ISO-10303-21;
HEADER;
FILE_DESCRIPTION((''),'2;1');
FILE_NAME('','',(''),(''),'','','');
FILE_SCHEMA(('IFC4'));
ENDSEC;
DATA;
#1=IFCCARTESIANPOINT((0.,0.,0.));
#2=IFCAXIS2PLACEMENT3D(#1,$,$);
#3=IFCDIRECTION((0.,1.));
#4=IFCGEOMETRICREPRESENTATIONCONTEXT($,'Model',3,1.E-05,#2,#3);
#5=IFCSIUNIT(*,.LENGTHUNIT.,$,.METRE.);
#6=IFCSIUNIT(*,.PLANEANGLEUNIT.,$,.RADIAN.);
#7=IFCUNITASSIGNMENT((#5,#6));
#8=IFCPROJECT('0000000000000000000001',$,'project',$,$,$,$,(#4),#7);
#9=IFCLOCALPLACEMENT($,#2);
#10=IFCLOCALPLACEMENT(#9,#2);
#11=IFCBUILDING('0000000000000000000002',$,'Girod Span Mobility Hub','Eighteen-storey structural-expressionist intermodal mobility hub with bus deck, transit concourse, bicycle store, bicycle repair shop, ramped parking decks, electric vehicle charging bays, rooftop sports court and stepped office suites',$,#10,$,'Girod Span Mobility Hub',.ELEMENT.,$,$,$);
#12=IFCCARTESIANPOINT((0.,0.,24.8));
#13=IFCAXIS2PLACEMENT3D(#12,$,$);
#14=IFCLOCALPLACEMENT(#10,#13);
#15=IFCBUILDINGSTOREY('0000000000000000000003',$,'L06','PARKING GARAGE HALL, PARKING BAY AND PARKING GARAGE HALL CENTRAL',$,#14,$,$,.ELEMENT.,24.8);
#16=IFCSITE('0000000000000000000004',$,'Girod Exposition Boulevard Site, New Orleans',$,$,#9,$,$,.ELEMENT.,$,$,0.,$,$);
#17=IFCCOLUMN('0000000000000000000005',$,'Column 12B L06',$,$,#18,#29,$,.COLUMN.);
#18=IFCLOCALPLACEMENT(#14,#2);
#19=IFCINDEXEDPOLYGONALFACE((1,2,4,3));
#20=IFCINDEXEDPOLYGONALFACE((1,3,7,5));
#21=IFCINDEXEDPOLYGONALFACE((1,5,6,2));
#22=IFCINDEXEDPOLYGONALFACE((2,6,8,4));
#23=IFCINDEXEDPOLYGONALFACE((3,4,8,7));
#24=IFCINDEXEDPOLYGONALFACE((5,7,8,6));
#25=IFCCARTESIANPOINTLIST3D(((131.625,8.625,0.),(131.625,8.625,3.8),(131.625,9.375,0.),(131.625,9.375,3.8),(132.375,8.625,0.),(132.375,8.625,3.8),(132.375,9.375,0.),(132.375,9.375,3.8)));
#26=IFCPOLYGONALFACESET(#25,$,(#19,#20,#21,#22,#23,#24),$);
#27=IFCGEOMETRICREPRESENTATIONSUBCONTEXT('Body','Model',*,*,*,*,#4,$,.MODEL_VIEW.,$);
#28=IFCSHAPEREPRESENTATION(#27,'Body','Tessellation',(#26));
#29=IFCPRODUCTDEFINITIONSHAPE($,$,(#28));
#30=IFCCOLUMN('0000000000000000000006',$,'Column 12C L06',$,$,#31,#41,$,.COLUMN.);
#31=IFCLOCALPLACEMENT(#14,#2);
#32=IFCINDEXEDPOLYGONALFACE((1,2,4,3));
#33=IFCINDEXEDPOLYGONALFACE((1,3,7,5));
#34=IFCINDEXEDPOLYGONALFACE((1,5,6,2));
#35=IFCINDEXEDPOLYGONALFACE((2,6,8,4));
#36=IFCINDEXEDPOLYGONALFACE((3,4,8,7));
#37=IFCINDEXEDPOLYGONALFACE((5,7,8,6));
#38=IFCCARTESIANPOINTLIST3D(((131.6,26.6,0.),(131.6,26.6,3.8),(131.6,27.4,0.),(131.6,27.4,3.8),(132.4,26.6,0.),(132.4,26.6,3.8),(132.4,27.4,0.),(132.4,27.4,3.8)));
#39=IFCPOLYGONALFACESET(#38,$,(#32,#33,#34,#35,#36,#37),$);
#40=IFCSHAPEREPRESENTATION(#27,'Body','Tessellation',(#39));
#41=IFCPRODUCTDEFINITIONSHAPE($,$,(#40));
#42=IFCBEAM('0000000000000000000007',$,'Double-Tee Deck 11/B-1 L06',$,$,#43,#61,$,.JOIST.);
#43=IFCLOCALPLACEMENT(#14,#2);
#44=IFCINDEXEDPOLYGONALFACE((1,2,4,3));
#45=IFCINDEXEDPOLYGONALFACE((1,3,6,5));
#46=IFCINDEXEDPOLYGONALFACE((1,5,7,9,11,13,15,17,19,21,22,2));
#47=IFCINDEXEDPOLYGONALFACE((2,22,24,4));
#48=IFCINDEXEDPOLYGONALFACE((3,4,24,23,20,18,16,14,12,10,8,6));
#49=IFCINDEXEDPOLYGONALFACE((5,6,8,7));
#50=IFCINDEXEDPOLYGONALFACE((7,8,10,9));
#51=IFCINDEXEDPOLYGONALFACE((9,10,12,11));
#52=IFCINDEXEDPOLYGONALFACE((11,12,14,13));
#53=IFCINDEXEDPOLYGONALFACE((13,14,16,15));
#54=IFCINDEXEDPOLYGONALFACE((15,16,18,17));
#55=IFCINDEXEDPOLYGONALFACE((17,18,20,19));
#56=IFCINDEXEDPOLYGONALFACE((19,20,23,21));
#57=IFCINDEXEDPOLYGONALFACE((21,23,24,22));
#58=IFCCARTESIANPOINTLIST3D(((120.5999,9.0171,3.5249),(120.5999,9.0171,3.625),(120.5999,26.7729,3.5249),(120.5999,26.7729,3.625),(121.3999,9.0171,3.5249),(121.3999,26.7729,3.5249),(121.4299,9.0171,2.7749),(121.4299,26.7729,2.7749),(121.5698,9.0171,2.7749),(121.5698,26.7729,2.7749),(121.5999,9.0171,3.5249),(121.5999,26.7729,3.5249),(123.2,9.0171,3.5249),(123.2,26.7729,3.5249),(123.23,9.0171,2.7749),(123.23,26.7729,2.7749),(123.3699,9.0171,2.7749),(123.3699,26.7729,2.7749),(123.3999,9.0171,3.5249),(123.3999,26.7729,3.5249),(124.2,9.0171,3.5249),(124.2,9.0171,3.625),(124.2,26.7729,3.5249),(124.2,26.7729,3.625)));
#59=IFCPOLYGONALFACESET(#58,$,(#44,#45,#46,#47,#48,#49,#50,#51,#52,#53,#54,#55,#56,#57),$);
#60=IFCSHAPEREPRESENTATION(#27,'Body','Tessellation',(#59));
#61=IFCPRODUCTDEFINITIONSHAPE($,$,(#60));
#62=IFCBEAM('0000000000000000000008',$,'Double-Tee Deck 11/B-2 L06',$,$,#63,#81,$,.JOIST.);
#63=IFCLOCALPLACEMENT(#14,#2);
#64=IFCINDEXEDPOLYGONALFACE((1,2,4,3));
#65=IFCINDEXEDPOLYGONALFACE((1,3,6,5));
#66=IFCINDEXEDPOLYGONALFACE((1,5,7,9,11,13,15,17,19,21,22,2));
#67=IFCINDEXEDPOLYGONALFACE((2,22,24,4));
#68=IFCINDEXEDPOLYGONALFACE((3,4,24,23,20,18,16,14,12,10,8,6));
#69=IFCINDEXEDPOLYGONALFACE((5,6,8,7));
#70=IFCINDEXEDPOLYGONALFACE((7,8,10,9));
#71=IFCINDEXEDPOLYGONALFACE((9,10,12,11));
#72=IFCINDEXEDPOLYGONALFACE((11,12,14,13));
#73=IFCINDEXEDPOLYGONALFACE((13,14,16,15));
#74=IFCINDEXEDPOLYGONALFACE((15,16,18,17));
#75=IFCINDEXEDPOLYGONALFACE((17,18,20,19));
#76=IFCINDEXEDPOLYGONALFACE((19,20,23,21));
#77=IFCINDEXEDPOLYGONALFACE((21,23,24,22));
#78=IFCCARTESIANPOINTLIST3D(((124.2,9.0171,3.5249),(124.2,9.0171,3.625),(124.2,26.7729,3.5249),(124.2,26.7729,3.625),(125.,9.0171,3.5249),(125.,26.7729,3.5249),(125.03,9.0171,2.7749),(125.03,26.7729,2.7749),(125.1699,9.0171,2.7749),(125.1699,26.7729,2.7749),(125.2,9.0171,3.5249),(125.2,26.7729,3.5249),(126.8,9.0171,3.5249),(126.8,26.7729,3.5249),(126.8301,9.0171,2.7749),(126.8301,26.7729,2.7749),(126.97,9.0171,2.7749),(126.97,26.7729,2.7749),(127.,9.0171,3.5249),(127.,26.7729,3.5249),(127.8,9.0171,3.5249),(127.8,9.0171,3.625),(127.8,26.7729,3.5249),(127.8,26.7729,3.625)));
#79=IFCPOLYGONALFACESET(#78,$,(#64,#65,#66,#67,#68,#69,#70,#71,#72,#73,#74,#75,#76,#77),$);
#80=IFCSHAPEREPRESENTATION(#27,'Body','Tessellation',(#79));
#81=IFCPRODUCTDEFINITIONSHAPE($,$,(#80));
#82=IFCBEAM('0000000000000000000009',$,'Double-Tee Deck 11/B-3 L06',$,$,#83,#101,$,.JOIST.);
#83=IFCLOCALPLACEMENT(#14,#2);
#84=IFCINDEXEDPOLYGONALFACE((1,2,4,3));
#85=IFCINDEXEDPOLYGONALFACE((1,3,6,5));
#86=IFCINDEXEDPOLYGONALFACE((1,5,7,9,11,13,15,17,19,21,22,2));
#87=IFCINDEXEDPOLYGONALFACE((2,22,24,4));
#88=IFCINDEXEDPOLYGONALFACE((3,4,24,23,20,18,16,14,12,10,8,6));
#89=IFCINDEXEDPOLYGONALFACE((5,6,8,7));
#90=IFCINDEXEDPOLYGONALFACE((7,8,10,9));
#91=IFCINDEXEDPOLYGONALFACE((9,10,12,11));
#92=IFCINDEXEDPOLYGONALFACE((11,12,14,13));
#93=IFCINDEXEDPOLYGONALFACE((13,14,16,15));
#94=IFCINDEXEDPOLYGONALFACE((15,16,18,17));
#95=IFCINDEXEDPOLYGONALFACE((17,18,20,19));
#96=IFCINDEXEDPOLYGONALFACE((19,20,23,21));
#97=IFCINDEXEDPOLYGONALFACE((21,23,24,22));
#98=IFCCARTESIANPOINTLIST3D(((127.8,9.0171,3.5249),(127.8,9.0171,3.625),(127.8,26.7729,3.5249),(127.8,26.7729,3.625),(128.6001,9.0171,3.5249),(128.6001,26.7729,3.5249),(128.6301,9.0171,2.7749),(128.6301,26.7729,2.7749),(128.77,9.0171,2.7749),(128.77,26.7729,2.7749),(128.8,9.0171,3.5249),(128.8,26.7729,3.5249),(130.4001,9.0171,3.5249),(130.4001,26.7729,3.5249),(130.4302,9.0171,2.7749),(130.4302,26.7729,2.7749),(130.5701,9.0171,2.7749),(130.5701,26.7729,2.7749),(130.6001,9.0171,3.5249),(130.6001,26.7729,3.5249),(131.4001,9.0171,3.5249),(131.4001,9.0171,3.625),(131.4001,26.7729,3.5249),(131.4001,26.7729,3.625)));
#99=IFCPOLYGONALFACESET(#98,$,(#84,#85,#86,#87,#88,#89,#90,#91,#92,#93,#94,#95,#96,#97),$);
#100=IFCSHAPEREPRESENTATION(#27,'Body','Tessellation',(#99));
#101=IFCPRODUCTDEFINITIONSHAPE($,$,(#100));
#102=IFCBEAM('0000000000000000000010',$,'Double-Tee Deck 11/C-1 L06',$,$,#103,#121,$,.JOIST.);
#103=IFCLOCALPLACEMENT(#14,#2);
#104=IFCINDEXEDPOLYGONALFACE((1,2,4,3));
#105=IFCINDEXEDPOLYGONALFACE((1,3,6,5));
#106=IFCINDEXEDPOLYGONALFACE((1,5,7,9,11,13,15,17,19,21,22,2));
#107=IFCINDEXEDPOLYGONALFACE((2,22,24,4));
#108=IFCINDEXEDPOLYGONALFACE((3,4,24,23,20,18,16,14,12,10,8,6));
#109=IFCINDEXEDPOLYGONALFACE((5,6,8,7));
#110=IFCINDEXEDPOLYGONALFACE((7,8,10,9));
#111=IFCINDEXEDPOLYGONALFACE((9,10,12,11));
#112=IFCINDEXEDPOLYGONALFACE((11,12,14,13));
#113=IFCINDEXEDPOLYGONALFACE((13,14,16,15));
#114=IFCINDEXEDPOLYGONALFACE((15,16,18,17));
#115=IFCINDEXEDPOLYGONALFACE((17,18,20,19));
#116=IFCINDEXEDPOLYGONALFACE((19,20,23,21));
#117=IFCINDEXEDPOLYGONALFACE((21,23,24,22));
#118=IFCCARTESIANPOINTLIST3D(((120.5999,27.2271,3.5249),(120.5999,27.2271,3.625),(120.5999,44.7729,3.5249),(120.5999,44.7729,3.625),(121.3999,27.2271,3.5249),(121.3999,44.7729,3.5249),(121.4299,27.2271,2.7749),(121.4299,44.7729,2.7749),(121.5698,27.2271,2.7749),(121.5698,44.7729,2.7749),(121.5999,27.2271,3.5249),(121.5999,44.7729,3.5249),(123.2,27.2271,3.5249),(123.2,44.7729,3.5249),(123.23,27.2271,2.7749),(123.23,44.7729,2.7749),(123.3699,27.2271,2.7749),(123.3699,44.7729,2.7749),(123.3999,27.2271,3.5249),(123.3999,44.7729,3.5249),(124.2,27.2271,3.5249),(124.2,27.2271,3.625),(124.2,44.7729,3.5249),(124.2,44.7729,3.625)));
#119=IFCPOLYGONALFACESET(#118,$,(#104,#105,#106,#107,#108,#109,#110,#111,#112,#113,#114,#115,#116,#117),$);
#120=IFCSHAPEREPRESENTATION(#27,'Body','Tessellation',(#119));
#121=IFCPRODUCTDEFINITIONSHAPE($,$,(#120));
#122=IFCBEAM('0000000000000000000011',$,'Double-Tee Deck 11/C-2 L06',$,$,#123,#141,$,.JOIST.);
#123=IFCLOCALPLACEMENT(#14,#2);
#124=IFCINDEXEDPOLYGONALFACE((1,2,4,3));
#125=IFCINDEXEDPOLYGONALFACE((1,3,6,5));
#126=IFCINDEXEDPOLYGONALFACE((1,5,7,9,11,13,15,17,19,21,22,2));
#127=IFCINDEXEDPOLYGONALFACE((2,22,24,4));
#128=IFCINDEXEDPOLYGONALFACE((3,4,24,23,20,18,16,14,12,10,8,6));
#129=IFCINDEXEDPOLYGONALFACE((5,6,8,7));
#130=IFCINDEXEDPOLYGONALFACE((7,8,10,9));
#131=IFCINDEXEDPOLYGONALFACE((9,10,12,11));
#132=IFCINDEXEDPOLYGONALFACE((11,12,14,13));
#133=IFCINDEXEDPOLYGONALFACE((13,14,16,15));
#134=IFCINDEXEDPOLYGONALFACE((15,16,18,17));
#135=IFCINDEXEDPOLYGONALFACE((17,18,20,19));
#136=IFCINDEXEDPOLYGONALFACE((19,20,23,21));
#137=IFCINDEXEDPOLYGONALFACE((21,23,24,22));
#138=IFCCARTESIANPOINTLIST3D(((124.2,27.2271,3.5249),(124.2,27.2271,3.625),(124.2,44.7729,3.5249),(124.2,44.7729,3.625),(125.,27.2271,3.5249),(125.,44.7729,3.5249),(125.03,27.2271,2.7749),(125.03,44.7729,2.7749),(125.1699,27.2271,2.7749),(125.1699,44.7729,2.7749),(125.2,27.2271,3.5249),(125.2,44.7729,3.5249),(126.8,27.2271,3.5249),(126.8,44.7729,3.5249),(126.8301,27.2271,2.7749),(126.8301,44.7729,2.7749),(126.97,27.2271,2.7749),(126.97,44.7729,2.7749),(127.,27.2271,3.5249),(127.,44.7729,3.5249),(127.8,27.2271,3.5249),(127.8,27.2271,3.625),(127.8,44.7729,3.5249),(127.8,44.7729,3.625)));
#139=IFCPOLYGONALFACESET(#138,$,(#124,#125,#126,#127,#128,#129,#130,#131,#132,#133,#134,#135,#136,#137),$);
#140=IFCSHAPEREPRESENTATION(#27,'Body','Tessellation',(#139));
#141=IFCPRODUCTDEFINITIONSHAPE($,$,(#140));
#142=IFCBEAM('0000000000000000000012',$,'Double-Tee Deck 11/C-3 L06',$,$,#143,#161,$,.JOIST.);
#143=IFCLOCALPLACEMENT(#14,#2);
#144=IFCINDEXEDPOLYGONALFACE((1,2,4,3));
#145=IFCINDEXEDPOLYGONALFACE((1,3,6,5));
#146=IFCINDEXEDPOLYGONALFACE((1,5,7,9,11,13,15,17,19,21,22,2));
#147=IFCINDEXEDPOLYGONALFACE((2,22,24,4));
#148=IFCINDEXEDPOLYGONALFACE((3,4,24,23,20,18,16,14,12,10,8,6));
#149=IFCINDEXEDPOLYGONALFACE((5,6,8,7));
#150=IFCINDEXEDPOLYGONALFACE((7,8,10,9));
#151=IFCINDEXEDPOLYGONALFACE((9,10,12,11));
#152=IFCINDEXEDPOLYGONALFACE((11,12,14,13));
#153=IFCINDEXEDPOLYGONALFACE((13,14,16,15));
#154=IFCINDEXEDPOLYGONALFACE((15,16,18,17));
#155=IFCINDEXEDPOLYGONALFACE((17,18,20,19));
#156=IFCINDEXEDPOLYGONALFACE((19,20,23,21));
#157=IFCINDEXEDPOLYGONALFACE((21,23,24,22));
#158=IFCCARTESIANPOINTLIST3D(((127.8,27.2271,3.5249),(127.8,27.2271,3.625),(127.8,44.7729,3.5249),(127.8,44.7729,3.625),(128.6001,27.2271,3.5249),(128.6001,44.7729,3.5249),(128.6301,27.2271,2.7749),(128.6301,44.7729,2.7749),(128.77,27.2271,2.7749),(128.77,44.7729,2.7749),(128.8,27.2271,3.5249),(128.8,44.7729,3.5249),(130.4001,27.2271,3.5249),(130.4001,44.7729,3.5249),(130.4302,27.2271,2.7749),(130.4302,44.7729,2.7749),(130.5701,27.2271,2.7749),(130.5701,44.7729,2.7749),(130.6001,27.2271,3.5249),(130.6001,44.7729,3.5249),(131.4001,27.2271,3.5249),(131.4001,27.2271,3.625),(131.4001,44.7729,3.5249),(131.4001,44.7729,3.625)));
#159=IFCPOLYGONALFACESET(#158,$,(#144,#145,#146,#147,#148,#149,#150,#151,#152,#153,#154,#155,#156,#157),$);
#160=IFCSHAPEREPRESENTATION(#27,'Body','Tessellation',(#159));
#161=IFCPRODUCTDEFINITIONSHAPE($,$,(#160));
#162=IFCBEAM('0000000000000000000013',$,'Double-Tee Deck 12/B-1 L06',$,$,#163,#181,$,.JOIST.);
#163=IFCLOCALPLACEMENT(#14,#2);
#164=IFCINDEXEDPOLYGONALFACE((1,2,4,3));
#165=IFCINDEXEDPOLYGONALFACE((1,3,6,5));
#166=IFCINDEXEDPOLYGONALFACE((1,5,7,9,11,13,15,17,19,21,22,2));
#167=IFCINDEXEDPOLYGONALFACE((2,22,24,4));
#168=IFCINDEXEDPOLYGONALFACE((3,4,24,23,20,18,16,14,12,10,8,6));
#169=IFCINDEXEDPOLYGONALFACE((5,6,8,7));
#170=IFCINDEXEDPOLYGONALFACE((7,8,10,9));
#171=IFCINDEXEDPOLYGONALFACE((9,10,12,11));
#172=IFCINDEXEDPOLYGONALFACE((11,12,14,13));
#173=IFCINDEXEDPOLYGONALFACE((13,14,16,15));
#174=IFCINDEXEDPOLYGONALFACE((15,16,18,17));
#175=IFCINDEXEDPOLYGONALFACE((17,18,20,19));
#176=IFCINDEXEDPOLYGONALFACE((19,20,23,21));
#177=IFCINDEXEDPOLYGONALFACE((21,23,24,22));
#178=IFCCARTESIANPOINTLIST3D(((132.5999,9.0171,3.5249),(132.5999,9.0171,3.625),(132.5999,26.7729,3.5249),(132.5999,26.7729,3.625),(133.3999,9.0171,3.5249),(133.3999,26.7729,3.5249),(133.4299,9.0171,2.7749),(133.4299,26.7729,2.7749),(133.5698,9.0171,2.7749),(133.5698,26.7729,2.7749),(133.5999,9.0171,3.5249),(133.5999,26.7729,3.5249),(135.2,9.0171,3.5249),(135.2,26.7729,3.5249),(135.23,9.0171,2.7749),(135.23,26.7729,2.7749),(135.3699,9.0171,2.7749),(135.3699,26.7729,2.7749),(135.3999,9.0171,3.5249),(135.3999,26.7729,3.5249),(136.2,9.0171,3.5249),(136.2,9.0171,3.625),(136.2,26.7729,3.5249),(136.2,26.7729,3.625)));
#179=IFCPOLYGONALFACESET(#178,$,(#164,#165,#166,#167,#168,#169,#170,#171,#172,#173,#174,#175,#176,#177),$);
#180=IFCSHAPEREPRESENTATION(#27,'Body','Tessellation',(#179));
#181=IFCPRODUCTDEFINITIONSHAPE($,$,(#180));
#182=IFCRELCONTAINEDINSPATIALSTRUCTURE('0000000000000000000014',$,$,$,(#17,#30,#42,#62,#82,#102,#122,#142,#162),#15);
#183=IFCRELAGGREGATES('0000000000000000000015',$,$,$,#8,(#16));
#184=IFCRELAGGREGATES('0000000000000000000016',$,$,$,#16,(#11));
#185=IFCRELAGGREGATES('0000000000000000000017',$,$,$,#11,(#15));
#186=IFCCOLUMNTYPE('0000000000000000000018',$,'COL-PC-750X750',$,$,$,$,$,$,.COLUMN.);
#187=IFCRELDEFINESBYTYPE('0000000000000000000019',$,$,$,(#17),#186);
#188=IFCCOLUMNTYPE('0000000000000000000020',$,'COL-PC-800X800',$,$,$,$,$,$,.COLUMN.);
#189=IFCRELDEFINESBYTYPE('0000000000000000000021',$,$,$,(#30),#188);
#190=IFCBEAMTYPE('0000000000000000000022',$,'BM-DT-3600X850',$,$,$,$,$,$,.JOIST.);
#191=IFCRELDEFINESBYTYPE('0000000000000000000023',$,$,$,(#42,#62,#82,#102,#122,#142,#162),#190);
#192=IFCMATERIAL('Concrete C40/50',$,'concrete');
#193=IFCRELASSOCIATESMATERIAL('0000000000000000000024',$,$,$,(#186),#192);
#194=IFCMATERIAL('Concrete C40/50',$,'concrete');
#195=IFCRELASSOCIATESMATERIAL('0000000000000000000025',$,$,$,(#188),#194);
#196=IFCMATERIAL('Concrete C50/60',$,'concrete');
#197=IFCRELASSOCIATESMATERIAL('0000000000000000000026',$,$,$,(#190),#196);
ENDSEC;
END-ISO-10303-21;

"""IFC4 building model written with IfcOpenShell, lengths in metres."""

from ifc_helpers import new_model, si_unit, direction, frame, origin, origin_2d, place, context, subcontext, project, spatial, polyline, rectangle, outline, extrude, material, material_profile, profile_set, type_object, element, save


model = new_model("IFC4")

# Units and contexts
model_context = context("Model", 3, precision=1e-05, world=origin(), true_north=direction((0.0, 1.0)))
body_context = subcontext(model_context, "Body", "Model", "MODEL_VIEW")
ifc_project = project(units=[si_unit("LENGTHUNIT", "METRE"), si_unit("PLANEANGLEUNIT", "RADIAN")], contexts=[model_context])

# Site, building, storey
site_placement = place(None, origin())
site = spatial("IfcSite", under=ifc_project, at=site_placement, Name="Girod Exposition Boulevard Site, New Orleans", CompositionType="ELEMENT", RefElevation=0.0)
building_placement = place(site_placement, origin())
building = spatial("IfcBuilding", under=site, at=building_placement, Name="Girod Span Mobility Hub", Description="Eighteen-storey structural-expressionist intermodal mobility hub with bus deck, transit concourse, bicycle store, bicycle repair shop, ramped parking decks, electric vehicle charging bays, rooftop sports court and stepped office suites", LongName="Girod Span Mobility Hub", CompositionType="ELEMENT")
storey_placement = place(building_placement, frame((0.0, 0.0, 24.8)))
storey = spatial("IfcBuildingStorey", under=building, at=storey_placement, Name="L06", Description="PARKING GARAGE HALL, PARKING BAY AND PARKING GARAGE HALL CENTRAL", CompositionType="ELEMENT", Elevation=24.8)

# Columns
ifc_material_1 = material(Name="Concrete C40/50", Category="concrete")
ifc_material_profile_1 = material_profile(ifc_material_1, rectangle(XDim=0.75, YDim=0.75, at=origin_2d()), Name="PC-COL-750X750")
ifc_profile_set_1 = profile_set([ifc_material_profile_1], Name="Concrete C40/50")
column_type_1 = type_object("IfcColumnType", Name="COL-PC-750X750", PredefinedType="COLUMN", material=ifc_profile_set_1)
column_1_placement = place(storey_placement, frame((132.0, 9.0, 0.0), z_axis=(0.0, 0.0, 1.0), x_axis=(1.0, 0.0, 0.0)))
element("IfcColumn", 1, at=column_1_placement, inside=storey, type_object=column_type_1, Name="Column 12B L06", PredefinedType="COLUMN", context=body_context, shape_type="SweptSolid", body=[
    extrude(rectangle(XDim=0.75, YDim=0.75, at=origin_2d()), origin(), (0.0, 0.0, 1.0), 3.8),
])
ifc_material_2 = material(Name="Concrete C40/50", Category="concrete")
ifc_material_profile_2 = material_profile(ifc_material_2, rectangle(XDim=0.8, YDim=0.8, at=origin_2d()), Name="PC-COL-800X800")
ifc_profile_set_2 = profile_set([ifc_material_profile_2], Name="Concrete C40/50")
column_type_2 = type_object("IfcColumnType", Name="COL-PC-800X800", PredefinedType="COLUMN", material=ifc_profile_set_2)
column_2_placement = place(storey_placement, frame((132.0, 27.0, 0.0), z_axis=(0.0, 0.0, 1.0), x_axis=(1.0, 0.0, 0.0)))
element("IfcColumn", 2, at=column_2_placement, inside=storey, type_object=column_type_2, Name="Column 12C L06", PredefinedType="COLUMN", context=body_context, shape_type="SweptSolid", body=[
    extrude(rectangle(XDim=0.8, YDim=0.8, at=origin_2d()), origin(), (0.0, 0.0, 1.0), 3.8),
])

# Beams
ifc_material_3 = material(Name="Concrete C50/60", Category="concrete")
ifc_material_profile_3 = material_profile(ifc_material_3, outline(polyline([(-1.8, 0.425), (-1.8, 0.325), (-1.0, 0.325), (-0.97, -0.425), (-0.8301, -0.425), (-0.8, 0.325), (0.8, 0.325), (0.8301, -0.425), (0.97, -0.425), (1.0, 0.325), (1.8, 0.325), (1.8, 0.425), (-1.8, 0.425)])), Name="DT-3600X850")
ifc_profile_set_3 = profile_set([ifc_material_profile_3], Name="Concrete C50/60")
beam_type_1 = type_object("IfcBeamType", Name="BM-DT-3600X850", PredefinedType="JOIST", material=ifc_profile_set_3)
for number, where, z_axis, x_axis, name in (
    (3, (122.3999, 9.0171, 3.2), (0.0, 1.0, 0.0), (-1.0, 0.0, 0.0), "Double-Tee Deck 11/B-1 L06"),
    (4, (126.0, 9.0171, 3.2), (0.0, 1.0, 0.0), (-1.0, 0.0, 0.0), "Double-Tee Deck 11/B-2 L06"),
    (5, (129.6001, 9.0171, 3.2), (0.0, 1.0, 0.0), (-1.0, 0.0, 0.0), "Double-Tee Deck 11/B-3 L06"),
):
    element("IfcBeam", number, at=place(storey_placement, frame(where, z_axis=z_axis, x_axis=x_axis)), inside=storey, type_object=beam_type_1, Name=name, PredefinedType="JOIST", context=body_context, shape_type="SweptSolid", body=[
        extrude(outline(polyline([(-1.8, 0.425), (-1.8, 0.325), (-1.0, 0.325), (-0.97, -0.425), (-0.8301, -0.425), (-0.8, 0.325), (0.8, 0.325), (0.8301, -0.425), (0.97, -0.425), (1.0, 0.325), (1.8, 0.325), (1.8, 0.425), (-1.8, 0.425)])), origin(), (0.0, 0.0, 1.0), 17.7559),
    ])
for number, where, z_axis, x_axis, name in (
    (6, (122.3999, 27.2271, 3.2), (0.0, 1.0, 0.0), (-1.0, 0.0, 0.0), "Double-Tee Deck 11/C-1 L06"),
    (7, (126.0, 27.2271, 3.2), (0.0, 1.0, 0.0), (-1.0, 0.0, 0.0), "Double-Tee Deck 11/C-2 L06"),
    (8, (129.6001, 27.2271, 3.2), (0.0, 1.0, 0.0), (-1.0, 0.0, 0.0), "Double-Tee Deck 11/C-3 L06"),
):
    element("IfcBeam", number, at=place(storey_placement, frame(where, z_axis=z_axis, x_axis=x_axis)), inside=storey, type_object=beam_type_1, Name=name, PredefinedType="JOIST", context=body_context, shape_type="SweptSolid", body=[
        extrude(outline(polyline([(-1.8, 0.425), (-1.8, 0.325), (-1.0, 0.325), (-0.97, -0.425), (-0.8301, -0.425), (-0.8, 0.325), (0.8, 0.325), (0.8301, -0.425), (0.97, -0.425), (1.0, 0.325), (1.8, 0.325), (1.8, 0.425), (-1.8, 0.425)])), origin(), (0.0, 0.0, 1.0), 17.5459),
    ])
beam_1_placement = place(storey_placement, frame((134.3999, 9.0171, 3.2), z_axis=(0.0, 1.0, 0.0), x_axis=(-1.0, 0.0, 0.0)))
element("IfcBeam", 9, at=beam_1_placement, inside=storey, type_object=beam_type_1, Name="Double-Tee Deck 12/B-1 L06", PredefinedType="JOIST", context=body_context, shape_type="SweptSolid", body=[
    extrude(outline(polyline([(-1.8, 0.425), (-1.8, 0.325), (-1.0, 0.325), (-0.97, -0.425), (-0.8301, -0.425), (-0.8, 0.325), (0.8, 0.325), (0.8301, -0.425), (0.97, -0.425), (1.0, 0.325), (1.8, 0.325), (1.8, 0.425), (-1.8, 0.425)])), origin(), (0.0, 0.0, 1.0), 17.7559),
])

save(model, "model.ifc")
